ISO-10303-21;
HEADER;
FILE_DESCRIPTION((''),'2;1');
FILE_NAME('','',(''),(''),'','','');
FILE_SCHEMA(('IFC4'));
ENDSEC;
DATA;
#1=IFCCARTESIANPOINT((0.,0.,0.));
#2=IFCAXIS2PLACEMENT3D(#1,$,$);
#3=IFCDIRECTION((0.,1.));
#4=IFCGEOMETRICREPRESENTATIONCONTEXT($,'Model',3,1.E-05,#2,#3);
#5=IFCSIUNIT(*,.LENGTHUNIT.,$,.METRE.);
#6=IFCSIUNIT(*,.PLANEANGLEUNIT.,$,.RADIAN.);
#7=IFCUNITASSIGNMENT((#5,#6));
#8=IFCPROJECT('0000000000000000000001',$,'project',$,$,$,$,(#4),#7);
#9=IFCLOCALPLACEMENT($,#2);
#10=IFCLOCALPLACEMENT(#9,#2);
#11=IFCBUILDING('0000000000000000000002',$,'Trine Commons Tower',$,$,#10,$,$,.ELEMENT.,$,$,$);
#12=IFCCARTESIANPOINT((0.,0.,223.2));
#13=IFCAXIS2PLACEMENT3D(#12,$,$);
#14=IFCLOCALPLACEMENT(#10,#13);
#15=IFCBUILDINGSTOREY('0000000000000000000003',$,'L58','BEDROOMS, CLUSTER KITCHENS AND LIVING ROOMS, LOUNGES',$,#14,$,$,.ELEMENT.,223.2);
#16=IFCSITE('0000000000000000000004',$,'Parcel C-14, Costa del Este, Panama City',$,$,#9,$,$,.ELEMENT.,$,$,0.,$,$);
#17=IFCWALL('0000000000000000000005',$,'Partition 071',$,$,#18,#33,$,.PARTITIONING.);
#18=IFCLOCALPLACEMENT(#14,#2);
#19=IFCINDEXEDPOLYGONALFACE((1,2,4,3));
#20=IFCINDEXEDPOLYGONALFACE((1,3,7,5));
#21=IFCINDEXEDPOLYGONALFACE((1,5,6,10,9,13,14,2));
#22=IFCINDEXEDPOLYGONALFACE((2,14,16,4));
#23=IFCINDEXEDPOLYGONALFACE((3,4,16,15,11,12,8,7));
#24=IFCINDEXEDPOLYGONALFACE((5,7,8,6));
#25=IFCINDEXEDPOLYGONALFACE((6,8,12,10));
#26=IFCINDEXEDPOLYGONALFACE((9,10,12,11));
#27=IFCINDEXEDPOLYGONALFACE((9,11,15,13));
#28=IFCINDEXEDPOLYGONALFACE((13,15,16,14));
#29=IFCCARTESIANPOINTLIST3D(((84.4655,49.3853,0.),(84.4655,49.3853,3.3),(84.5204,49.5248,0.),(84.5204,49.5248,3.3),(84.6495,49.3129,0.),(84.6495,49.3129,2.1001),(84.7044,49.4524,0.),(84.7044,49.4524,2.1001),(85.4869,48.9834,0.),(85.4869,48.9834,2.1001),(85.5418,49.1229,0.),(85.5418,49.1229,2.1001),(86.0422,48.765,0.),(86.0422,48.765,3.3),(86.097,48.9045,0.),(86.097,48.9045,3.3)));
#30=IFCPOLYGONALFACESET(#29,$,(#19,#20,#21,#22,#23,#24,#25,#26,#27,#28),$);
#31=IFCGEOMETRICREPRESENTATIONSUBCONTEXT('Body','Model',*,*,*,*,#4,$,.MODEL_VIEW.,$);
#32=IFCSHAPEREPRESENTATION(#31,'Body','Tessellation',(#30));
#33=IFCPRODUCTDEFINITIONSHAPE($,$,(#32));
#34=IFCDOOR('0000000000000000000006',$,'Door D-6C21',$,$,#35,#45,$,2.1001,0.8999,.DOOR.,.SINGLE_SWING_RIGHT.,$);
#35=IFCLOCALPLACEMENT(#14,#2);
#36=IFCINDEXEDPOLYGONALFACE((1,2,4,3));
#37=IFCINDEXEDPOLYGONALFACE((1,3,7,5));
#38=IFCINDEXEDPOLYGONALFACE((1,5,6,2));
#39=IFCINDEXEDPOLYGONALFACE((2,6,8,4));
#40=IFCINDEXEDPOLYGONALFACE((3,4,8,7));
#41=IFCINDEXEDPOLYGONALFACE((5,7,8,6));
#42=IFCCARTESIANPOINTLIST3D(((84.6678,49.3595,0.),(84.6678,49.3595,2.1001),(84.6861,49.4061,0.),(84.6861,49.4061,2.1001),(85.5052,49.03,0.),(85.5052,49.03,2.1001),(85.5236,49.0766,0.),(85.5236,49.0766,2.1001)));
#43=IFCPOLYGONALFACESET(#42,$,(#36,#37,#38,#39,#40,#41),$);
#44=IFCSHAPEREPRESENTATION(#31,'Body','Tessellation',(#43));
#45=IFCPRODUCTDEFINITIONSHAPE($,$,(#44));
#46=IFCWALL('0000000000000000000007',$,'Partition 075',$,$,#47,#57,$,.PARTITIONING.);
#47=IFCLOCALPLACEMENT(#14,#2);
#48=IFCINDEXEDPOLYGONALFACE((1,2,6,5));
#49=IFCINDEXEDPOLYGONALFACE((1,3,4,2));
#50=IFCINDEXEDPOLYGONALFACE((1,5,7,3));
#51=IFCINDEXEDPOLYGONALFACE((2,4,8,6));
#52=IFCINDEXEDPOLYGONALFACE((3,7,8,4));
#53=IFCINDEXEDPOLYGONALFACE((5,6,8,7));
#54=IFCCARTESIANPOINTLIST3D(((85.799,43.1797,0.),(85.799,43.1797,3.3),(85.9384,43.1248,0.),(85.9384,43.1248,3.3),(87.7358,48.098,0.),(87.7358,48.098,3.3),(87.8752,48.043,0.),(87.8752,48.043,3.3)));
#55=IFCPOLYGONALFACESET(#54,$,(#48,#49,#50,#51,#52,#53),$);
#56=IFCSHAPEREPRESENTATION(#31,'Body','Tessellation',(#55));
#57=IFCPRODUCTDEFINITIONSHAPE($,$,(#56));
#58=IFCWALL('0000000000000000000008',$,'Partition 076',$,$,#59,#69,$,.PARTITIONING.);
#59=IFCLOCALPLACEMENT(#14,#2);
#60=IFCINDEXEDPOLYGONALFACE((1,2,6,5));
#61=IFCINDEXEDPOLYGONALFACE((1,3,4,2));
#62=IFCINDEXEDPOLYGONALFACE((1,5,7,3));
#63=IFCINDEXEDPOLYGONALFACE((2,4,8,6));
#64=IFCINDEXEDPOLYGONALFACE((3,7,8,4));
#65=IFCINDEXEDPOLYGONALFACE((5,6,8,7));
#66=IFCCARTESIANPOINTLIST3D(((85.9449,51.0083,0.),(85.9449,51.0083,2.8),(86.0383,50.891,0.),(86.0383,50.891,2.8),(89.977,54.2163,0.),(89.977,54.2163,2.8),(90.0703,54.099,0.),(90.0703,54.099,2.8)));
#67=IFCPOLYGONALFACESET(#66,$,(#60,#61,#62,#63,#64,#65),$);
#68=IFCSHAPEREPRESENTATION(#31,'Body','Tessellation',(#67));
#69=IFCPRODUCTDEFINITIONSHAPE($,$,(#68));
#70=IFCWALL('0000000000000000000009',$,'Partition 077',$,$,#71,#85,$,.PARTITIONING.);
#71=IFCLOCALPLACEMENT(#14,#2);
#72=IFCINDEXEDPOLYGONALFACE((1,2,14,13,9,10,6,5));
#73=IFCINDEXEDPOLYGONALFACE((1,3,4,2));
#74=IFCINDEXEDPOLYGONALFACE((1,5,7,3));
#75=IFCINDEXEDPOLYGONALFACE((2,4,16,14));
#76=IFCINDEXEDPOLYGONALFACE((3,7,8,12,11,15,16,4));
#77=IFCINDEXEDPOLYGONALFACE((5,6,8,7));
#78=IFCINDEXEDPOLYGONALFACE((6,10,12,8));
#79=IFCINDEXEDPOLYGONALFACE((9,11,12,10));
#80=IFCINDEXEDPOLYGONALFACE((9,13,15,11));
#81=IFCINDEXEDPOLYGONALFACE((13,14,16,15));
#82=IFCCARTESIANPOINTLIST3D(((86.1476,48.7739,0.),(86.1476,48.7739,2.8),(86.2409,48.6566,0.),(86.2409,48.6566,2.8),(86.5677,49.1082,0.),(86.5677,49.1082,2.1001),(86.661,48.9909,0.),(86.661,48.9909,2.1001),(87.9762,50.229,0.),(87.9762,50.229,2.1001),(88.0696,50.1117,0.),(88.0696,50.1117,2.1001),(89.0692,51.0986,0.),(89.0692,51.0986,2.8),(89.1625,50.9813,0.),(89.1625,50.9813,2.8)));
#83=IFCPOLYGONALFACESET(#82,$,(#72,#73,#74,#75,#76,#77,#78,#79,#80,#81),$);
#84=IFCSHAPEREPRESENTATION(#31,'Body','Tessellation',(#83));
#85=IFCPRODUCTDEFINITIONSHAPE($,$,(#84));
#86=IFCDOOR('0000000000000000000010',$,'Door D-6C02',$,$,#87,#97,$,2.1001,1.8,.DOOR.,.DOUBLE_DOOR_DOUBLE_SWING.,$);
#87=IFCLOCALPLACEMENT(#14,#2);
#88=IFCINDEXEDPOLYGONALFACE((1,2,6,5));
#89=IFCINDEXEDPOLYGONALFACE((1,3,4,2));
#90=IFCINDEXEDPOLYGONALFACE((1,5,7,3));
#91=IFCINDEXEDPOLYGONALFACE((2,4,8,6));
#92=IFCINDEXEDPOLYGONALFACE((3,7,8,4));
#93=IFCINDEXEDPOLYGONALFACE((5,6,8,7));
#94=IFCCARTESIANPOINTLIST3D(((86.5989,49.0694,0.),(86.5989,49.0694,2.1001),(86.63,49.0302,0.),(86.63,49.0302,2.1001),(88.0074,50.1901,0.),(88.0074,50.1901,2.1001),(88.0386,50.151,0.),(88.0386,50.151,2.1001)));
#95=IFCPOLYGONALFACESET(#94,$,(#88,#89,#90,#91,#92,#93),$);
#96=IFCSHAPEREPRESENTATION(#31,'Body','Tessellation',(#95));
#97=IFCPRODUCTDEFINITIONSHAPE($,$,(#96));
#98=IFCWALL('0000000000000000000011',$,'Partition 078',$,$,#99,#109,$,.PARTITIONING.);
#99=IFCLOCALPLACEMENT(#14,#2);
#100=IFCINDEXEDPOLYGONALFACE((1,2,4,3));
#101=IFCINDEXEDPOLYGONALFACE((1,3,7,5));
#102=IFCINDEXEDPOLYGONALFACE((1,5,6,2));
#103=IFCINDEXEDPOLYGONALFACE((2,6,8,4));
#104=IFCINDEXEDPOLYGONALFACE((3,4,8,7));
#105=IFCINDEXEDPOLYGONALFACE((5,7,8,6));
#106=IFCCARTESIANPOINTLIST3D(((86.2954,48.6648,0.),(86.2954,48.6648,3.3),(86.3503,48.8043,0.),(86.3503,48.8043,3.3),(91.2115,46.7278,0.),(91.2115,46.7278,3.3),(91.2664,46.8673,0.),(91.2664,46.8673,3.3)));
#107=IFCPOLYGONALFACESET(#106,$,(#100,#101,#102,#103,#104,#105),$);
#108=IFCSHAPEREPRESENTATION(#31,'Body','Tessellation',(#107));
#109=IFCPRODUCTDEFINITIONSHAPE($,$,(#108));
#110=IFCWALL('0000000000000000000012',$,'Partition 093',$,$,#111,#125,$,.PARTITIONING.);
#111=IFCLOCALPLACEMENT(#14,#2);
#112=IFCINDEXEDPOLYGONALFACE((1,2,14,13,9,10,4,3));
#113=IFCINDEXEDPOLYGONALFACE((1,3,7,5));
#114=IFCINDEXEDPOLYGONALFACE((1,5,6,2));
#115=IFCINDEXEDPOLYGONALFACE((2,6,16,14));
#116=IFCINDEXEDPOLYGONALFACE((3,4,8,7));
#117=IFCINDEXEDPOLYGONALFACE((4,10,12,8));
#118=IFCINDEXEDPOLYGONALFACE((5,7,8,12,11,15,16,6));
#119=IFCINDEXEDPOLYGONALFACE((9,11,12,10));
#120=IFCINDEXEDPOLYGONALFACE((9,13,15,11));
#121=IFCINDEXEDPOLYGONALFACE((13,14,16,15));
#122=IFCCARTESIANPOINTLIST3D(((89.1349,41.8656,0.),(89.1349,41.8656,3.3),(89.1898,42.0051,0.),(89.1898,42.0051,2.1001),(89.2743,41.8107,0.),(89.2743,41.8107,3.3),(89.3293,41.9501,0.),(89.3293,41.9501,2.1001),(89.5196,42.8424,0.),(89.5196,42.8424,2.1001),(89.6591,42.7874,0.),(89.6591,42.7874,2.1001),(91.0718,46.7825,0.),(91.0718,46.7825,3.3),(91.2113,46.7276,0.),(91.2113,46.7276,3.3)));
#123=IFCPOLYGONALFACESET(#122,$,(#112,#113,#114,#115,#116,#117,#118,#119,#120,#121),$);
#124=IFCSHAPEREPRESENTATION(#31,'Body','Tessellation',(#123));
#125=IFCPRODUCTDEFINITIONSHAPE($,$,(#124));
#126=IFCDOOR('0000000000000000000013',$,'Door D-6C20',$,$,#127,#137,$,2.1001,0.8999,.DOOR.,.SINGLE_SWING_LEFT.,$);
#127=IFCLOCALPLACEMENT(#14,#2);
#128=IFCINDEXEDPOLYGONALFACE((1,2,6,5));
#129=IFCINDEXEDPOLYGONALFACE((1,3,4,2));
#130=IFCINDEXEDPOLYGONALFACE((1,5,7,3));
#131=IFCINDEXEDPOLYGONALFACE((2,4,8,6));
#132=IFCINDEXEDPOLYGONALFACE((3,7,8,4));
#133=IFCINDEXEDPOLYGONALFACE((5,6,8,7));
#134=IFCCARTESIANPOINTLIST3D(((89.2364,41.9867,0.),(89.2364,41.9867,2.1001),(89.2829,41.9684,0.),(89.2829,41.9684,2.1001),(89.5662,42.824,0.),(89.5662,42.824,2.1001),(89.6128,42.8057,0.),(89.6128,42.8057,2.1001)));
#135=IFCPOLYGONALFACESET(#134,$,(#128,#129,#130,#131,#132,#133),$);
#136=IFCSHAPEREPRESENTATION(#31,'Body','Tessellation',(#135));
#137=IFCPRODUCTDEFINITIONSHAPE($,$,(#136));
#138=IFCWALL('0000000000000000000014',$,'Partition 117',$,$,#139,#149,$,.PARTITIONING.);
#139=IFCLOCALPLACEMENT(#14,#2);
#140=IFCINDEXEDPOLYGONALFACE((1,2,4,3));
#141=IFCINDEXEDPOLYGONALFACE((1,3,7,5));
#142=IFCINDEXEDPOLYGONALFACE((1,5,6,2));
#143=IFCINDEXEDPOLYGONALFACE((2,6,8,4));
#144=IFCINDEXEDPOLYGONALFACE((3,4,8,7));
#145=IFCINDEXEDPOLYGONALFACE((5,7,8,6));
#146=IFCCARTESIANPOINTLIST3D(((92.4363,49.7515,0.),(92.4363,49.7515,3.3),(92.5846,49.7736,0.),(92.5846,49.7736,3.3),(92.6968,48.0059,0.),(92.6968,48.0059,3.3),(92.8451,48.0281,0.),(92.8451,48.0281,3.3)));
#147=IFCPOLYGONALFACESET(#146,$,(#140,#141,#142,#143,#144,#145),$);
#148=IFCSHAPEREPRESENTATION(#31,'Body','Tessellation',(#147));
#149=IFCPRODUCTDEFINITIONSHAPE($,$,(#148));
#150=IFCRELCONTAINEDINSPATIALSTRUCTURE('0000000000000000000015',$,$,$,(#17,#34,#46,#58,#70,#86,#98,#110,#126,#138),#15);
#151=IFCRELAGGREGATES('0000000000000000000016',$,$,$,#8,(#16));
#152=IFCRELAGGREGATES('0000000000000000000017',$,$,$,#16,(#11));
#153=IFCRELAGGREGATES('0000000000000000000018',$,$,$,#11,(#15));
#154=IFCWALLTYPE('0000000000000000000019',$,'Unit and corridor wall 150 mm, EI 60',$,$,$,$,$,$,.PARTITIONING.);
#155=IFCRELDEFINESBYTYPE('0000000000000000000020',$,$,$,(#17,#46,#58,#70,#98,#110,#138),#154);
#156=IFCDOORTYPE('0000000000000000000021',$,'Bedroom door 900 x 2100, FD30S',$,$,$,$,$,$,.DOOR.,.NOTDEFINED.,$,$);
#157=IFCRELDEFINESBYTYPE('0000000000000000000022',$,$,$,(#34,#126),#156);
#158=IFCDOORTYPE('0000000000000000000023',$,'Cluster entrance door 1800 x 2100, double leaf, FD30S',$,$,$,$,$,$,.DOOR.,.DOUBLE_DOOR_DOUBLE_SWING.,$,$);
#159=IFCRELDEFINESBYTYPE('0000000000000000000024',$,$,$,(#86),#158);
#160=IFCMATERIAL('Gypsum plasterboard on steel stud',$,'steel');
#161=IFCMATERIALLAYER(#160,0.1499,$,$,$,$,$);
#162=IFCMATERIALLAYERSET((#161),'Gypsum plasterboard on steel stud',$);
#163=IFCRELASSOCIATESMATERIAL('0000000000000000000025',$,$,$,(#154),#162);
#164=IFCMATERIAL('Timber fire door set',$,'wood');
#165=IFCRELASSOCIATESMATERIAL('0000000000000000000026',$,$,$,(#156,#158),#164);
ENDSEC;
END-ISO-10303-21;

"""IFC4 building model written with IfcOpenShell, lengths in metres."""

from ifc_helpers import new_model, si_unit, direction, frame, frame_2d, origin, place, context, subcontext, project, spatial, rectangle, extrude, material, layer, layer_set, type_object, element, fill, save


model = new_model("IFC4")

# Units and contexts
model_context = context("Model", 3, precision=1e-05, world=origin(), true_north=direction((0.0, 1.0)))
body_context = subcontext(model_context, "Body", "Model", "MODEL_VIEW")
ifc_project = project(units=[si_unit("LENGTHUNIT", "METRE"), si_unit("PLANEANGLEUNIT", "RADIAN")], contexts=[model_context])

# Site, building, storey
site_placement = place(None, origin())
site = spatial("IfcSite", under=ifc_project, at=site_placement, Name="Parcel C-14, Costa del Este, Panama City", CompositionType="ELEMENT", RefElevation=0.0)
building_placement = place(site_placement, origin())
building = spatial("IfcBuilding", under=site, at=building_placement, Name="Trine Commons Tower", CompositionType="ELEMENT")
storey_placement = place(building_placement, frame((0.0, 0.0, 223.2)))
storey = spatial("IfcBuildingStorey", under=building, at=storey_placement, Name="L58", Description="BEDROOMS, CLUSTER KITCHENS AND LIVING ROOMS, LOUNGES", CompositionType="ELEMENT", Elevation=223.2)

# Shared definitions
ifc_material_1 = material(Name="Gypsum plasterboard on steel stud", Category="steel")
ifc_layer_1 = layer(ifc_material_1, 0.1499)
ifc_layer_set_1 = layer_set([ifc_layer_1], Name="Gypsum plasterboard on steel stud")
wall_type_1 = type_object("IfcWallType", Name="Unit and corridor wall 150 mm, EI 60", PredefinedType="PARTITIONING", material=ifc_layer_set_1)

# Wall, opening, door
wall_1_placement = place(storey_placement, frame((84.4929, 49.4551, 0.0), z_axis=(0.0, 0.0, 1.0), x_axis=(0.930559, -0.366143, 0.0)))
wall_1 = element("IfcWall", 1, at=wall_1_placement, inside=storey, type_object=wall_type_1, Name="Partition 071", PredefinedType="PARTITIONING", context=body_context, shape_type="SweptSolid", body=[
    extrude(rectangle(XDim=1.6943, YDim=0.1499, at=frame_2d((0.8472, 0.0))), origin(), (0.0, 0.0, 1.0), 3.3),
])
opening_1_placement = place(wall_1_placement, frame((0.1978, 0.0, 0.0)))
opening_1 = element("IfcOpeningElement", 2, at=opening_1_placement, cuts=wall_1, PredefinedType="OPENING", context=body_context, shape_type="SweptSolid", body=[
    extrude(rectangle(XDim=0.8999, YDim=2.1001, at=frame_2d((0.45, 1.05))), frame((0.0, 0.085, 0.0), z_axis=(0.0, -1.0, 0.0), x_axis=(1.0, 0.0, 0.0)), (0.0, 0.0, 1.0), 0.1699),
])
ifc_material_2 = material(Name="Timber fire door set", Category="wood")
door_type_1 = type_object("IfcDoorType", Name="Bedroom door 900 x 2100, FD30S", OperationType="NOTDEFINED", PredefinedType="DOOR", material=ifc_material_2)
door_1_placement = place(opening_1_placement, frame((0.8999, 0.0, 0.0), z_axis=(0.0, 0.0, 1.0), x_axis=(-1.0, 0.0, 0.0)))
door_1 = element("IfcDoor", 3, at=door_1_placement, inside=storey, type_object=door_type_1, Name="Door D-6C21", OperationType="SINGLE_SWING_RIGHT", OverallHeight=2.1001, OverallWidth=0.8999, PredefinedType="DOOR", context=body_context, shape_type="SweptSolid", body=[
    extrude(rectangle(XDim=0.8999, YDim=2.1001, at=frame_2d((0.45, 1.05))), frame((0.0, 0.0249, 0.0), z_axis=(0.0, -1.0, 0.0), x_axis=(1.0, 0.0, 0.0)), (0.0, 0.0, 1.0), 0.05),
])
fill(opening_1, door_1)

# Walls
wall_2_placement = place(storey_placement, frame((85.8687, 43.1521, 0.0), z_axis=(0.0, 0.0, 1.0), x_axis=(0.366408, 0.930454, 0.0)))
element("IfcWall", 4, at=wall_2_placement, inside=storey, type_object=wall_type_1, Name="Partition 075", PredefinedType="PARTITIONING", context=body_context, shape_type="SweptSolid", body=[
    extrude(rectangle(XDim=5.2859, YDim=0.1499, at=frame_2d((2.6431, 0.0))), origin(), (0.0, 0.0, 1.0), 3.3),
])
wall_3_placement = place(storey_placement, frame((85.9917, 50.9497, 0.0), z_axis=(0.0, 0.0, 1.0), x_axis=(0.78253, 0.622613, 0.0)))
element("IfcWall", 5, at=wall_3_placement, inside=storey, type_object=wall_type_1, Name="Partition 076", PredefinedType="PARTITIONING", context=body_context, shape_type="SweptSolid", body=[
    extrude(rectangle(XDim=5.1526, YDim=0.1499, at=frame_2d((2.5762, 0.0))), origin(), (0.0, 0.0, 1.0), 2.8),
])

# Wall, opening, door
wall_4_placement = place(storey_placement, frame((86.1943, 48.7153, 0.0), z_axis=(0.0, 0.0, 1.0), x_axis=(0.782512, 0.622636, 0.0)))
wall_4 = element("IfcWall", 6, at=wall_4_placement, inside=storey, type_object=wall_type_1, Name="Partition 077", PredefinedType="PARTITIONING", context=body_context, shape_type="SweptSolid", body=[
    extrude(rectangle(XDim=3.7336, YDim=0.1499, at=frame_2d((1.8667, 0.0))), origin(), (0.0, 0.0, 1.0), 2.8),
])
opening_2_placement = place(wall_4_placement, frame((0.5369, 0.0, 0.0)))
opening_2 = element("IfcOpeningElement", 7, at=opening_2_placement, cuts=wall_4, PredefinedType="OPENING", context=body_context, shape_type="SweptSolid", body=[
    extrude(rectangle(XDim=1.8, YDim=2.1001, at=frame_2d((0.8999, 1.05))), frame((0.0, 0.085, 0.0), z_axis=(0.0, -1.0, 0.0), x_axis=(1.0, 0.0, 0.0)), (0.0, 0.0, 1.0), 0.1699),
])
door_type_2 = type_object("IfcDoorType", Name="Cluster entrance door 1800 x 2100, double leaf, FD30S", OperationType="DOUBLE_DOOR_DOUBLE_SWING", PredefinedType="DOOR", material=ifc_material_2)
door_2_placement = place(opening_2_placement, frame((1.8, 0.0, 0.0), z_axis=(0.0, 0.0, 1.0), x_axis=(-1.0, 0.0, 0.0)))
door_2 = element("IfcDoor", 8, at=door_2_placement, inside=storey, type_object=door_type_2, Name="Door D-6C02", OperationType="DOUBLE_DOOR_DOUBLE_SWING", OverallHeight=2.1001, OverallWidth=1.8, PredefinedType="DOOR", context=body_context, shape_type="SweptSolid", body=[
    extrude(rectangle(XDim=1.8, YDim=2.1001, at=frame_2d((0.8999, 1.05))), frame((0.0, 0.0249, 0.0), z_axis=(0.0, -1.0, 0.0), x_axis=(1.0, 0.0, 0.0)), (0.0, 0.0, 1.0), 0.05),
])
fill(opening_2, door_2)

# Wall
wall_5_placement = place(storey_placement, frame((86.3228, 48.7346, 0.0), z_axis=(0.0, 0.0, 1.0), x_axis=(0.930383, -0.36659, 0.0)))
element("IfcWall", 9, at=wall_5_placement, inside=storey, type_object=wall_type_1, Name="Partition 078", PredefinedType="PARTITIONING", context=body_context, shape_type="SweptSolid", body=[
    extrude(rectangle(XDim=5.2839, YDim=0.1499, at=frame_2d((2.6421, 0.0))), origin(), (0.0, 0.0, 1.0), 3.3),
])

# Wall, opening, door
wall_6_placement = place(storey_placement, frame((89.2046, 41.8381, 0.0), z_axis=(0.0, 0.0, 1.0), x_axis=(0.366527, 0.930407, 0.0)))
wall_6 = element("IfcWall", 10, at=wall_6_placement, inside=storey, type_object=wall_type_1, Name="Partition 093", PredefinedType="PARTITIONING", context=body_context, shape_type="SweptSolid", body=[
    extrude(rectangle(XDim=5.2847, YDim=0.1499, at=frame_2d((2.6423, 0.0))), origin(), (0.0, 0.0, 1.0), 3.3),
])
opening_3_placement = place(wall_6_placement, frame((0.1499, 0.0, 0.0)))
opening_3 = element("IfcOpeningElement", 11, at=opening_3_placement, cuts=wall_6, PredefinedType="OPENING", context=body_context, shape_type="SweptSolid", body=[
    extrude(rectangle(XDim=0.8999, YDim=2.1001, at=frame_2d((0.45, 1.05))), frame((0.0, 0.085, 0.0), z_axis=(0.0, -1.0, 0.0), x_axis=(1.0, 0.0, 0.0)), (0.0, 0.0, 1.0), 0.1699),
])
door_3_placement = place(opening_3_placement, origin())
door_3 = element("IfcDoor", 12, at=door_3_placement, inside=storey, type_object=door_type_1, Name="Door D-6C20", OperationType="SINGLE_SWING_LEFT", OverallHeight=2.1001, OverallWidth=0.8999, PredefinedType="DOOR", context=body_context, shape_type="SweptSolid", body=[
    extrude(rectangle(XDim=0.8999, YDim=2.1001, at=frame_2d((0.45, 1.05))), frame((0.0, 0.0249, 0.0), z_axis=(0.0, -1.0, 0.0), x_axis=(1.0, 0.0, 0.0)), (0.0, 0.0, 1.0), 0.05),
])
fill(opening_3, door_3)

# Wall
wall_7_placement = place(storey_placement, frame((92.5105, 49.7625, 0.0), z_axis=(0.0, 0.0, 1.0), x_axis=(0.147596, -0.989048, 0.0)))
element("IfcWall", 13, at=wall_7_placement, inside=storey, type_object=wall_type_1, Name="Partition 117", PredefinedType="PARTITIONING", context=body_context, shape_type="SweptSolid", body=[
    extrude(rectangle(XDim=1.7649, YDim=0.1499, at=frame_2d((0.8823, 0.0))), origin(), (0.0, 0.0, 1.0), 3.3),
])

save(model, "model.ifc")
